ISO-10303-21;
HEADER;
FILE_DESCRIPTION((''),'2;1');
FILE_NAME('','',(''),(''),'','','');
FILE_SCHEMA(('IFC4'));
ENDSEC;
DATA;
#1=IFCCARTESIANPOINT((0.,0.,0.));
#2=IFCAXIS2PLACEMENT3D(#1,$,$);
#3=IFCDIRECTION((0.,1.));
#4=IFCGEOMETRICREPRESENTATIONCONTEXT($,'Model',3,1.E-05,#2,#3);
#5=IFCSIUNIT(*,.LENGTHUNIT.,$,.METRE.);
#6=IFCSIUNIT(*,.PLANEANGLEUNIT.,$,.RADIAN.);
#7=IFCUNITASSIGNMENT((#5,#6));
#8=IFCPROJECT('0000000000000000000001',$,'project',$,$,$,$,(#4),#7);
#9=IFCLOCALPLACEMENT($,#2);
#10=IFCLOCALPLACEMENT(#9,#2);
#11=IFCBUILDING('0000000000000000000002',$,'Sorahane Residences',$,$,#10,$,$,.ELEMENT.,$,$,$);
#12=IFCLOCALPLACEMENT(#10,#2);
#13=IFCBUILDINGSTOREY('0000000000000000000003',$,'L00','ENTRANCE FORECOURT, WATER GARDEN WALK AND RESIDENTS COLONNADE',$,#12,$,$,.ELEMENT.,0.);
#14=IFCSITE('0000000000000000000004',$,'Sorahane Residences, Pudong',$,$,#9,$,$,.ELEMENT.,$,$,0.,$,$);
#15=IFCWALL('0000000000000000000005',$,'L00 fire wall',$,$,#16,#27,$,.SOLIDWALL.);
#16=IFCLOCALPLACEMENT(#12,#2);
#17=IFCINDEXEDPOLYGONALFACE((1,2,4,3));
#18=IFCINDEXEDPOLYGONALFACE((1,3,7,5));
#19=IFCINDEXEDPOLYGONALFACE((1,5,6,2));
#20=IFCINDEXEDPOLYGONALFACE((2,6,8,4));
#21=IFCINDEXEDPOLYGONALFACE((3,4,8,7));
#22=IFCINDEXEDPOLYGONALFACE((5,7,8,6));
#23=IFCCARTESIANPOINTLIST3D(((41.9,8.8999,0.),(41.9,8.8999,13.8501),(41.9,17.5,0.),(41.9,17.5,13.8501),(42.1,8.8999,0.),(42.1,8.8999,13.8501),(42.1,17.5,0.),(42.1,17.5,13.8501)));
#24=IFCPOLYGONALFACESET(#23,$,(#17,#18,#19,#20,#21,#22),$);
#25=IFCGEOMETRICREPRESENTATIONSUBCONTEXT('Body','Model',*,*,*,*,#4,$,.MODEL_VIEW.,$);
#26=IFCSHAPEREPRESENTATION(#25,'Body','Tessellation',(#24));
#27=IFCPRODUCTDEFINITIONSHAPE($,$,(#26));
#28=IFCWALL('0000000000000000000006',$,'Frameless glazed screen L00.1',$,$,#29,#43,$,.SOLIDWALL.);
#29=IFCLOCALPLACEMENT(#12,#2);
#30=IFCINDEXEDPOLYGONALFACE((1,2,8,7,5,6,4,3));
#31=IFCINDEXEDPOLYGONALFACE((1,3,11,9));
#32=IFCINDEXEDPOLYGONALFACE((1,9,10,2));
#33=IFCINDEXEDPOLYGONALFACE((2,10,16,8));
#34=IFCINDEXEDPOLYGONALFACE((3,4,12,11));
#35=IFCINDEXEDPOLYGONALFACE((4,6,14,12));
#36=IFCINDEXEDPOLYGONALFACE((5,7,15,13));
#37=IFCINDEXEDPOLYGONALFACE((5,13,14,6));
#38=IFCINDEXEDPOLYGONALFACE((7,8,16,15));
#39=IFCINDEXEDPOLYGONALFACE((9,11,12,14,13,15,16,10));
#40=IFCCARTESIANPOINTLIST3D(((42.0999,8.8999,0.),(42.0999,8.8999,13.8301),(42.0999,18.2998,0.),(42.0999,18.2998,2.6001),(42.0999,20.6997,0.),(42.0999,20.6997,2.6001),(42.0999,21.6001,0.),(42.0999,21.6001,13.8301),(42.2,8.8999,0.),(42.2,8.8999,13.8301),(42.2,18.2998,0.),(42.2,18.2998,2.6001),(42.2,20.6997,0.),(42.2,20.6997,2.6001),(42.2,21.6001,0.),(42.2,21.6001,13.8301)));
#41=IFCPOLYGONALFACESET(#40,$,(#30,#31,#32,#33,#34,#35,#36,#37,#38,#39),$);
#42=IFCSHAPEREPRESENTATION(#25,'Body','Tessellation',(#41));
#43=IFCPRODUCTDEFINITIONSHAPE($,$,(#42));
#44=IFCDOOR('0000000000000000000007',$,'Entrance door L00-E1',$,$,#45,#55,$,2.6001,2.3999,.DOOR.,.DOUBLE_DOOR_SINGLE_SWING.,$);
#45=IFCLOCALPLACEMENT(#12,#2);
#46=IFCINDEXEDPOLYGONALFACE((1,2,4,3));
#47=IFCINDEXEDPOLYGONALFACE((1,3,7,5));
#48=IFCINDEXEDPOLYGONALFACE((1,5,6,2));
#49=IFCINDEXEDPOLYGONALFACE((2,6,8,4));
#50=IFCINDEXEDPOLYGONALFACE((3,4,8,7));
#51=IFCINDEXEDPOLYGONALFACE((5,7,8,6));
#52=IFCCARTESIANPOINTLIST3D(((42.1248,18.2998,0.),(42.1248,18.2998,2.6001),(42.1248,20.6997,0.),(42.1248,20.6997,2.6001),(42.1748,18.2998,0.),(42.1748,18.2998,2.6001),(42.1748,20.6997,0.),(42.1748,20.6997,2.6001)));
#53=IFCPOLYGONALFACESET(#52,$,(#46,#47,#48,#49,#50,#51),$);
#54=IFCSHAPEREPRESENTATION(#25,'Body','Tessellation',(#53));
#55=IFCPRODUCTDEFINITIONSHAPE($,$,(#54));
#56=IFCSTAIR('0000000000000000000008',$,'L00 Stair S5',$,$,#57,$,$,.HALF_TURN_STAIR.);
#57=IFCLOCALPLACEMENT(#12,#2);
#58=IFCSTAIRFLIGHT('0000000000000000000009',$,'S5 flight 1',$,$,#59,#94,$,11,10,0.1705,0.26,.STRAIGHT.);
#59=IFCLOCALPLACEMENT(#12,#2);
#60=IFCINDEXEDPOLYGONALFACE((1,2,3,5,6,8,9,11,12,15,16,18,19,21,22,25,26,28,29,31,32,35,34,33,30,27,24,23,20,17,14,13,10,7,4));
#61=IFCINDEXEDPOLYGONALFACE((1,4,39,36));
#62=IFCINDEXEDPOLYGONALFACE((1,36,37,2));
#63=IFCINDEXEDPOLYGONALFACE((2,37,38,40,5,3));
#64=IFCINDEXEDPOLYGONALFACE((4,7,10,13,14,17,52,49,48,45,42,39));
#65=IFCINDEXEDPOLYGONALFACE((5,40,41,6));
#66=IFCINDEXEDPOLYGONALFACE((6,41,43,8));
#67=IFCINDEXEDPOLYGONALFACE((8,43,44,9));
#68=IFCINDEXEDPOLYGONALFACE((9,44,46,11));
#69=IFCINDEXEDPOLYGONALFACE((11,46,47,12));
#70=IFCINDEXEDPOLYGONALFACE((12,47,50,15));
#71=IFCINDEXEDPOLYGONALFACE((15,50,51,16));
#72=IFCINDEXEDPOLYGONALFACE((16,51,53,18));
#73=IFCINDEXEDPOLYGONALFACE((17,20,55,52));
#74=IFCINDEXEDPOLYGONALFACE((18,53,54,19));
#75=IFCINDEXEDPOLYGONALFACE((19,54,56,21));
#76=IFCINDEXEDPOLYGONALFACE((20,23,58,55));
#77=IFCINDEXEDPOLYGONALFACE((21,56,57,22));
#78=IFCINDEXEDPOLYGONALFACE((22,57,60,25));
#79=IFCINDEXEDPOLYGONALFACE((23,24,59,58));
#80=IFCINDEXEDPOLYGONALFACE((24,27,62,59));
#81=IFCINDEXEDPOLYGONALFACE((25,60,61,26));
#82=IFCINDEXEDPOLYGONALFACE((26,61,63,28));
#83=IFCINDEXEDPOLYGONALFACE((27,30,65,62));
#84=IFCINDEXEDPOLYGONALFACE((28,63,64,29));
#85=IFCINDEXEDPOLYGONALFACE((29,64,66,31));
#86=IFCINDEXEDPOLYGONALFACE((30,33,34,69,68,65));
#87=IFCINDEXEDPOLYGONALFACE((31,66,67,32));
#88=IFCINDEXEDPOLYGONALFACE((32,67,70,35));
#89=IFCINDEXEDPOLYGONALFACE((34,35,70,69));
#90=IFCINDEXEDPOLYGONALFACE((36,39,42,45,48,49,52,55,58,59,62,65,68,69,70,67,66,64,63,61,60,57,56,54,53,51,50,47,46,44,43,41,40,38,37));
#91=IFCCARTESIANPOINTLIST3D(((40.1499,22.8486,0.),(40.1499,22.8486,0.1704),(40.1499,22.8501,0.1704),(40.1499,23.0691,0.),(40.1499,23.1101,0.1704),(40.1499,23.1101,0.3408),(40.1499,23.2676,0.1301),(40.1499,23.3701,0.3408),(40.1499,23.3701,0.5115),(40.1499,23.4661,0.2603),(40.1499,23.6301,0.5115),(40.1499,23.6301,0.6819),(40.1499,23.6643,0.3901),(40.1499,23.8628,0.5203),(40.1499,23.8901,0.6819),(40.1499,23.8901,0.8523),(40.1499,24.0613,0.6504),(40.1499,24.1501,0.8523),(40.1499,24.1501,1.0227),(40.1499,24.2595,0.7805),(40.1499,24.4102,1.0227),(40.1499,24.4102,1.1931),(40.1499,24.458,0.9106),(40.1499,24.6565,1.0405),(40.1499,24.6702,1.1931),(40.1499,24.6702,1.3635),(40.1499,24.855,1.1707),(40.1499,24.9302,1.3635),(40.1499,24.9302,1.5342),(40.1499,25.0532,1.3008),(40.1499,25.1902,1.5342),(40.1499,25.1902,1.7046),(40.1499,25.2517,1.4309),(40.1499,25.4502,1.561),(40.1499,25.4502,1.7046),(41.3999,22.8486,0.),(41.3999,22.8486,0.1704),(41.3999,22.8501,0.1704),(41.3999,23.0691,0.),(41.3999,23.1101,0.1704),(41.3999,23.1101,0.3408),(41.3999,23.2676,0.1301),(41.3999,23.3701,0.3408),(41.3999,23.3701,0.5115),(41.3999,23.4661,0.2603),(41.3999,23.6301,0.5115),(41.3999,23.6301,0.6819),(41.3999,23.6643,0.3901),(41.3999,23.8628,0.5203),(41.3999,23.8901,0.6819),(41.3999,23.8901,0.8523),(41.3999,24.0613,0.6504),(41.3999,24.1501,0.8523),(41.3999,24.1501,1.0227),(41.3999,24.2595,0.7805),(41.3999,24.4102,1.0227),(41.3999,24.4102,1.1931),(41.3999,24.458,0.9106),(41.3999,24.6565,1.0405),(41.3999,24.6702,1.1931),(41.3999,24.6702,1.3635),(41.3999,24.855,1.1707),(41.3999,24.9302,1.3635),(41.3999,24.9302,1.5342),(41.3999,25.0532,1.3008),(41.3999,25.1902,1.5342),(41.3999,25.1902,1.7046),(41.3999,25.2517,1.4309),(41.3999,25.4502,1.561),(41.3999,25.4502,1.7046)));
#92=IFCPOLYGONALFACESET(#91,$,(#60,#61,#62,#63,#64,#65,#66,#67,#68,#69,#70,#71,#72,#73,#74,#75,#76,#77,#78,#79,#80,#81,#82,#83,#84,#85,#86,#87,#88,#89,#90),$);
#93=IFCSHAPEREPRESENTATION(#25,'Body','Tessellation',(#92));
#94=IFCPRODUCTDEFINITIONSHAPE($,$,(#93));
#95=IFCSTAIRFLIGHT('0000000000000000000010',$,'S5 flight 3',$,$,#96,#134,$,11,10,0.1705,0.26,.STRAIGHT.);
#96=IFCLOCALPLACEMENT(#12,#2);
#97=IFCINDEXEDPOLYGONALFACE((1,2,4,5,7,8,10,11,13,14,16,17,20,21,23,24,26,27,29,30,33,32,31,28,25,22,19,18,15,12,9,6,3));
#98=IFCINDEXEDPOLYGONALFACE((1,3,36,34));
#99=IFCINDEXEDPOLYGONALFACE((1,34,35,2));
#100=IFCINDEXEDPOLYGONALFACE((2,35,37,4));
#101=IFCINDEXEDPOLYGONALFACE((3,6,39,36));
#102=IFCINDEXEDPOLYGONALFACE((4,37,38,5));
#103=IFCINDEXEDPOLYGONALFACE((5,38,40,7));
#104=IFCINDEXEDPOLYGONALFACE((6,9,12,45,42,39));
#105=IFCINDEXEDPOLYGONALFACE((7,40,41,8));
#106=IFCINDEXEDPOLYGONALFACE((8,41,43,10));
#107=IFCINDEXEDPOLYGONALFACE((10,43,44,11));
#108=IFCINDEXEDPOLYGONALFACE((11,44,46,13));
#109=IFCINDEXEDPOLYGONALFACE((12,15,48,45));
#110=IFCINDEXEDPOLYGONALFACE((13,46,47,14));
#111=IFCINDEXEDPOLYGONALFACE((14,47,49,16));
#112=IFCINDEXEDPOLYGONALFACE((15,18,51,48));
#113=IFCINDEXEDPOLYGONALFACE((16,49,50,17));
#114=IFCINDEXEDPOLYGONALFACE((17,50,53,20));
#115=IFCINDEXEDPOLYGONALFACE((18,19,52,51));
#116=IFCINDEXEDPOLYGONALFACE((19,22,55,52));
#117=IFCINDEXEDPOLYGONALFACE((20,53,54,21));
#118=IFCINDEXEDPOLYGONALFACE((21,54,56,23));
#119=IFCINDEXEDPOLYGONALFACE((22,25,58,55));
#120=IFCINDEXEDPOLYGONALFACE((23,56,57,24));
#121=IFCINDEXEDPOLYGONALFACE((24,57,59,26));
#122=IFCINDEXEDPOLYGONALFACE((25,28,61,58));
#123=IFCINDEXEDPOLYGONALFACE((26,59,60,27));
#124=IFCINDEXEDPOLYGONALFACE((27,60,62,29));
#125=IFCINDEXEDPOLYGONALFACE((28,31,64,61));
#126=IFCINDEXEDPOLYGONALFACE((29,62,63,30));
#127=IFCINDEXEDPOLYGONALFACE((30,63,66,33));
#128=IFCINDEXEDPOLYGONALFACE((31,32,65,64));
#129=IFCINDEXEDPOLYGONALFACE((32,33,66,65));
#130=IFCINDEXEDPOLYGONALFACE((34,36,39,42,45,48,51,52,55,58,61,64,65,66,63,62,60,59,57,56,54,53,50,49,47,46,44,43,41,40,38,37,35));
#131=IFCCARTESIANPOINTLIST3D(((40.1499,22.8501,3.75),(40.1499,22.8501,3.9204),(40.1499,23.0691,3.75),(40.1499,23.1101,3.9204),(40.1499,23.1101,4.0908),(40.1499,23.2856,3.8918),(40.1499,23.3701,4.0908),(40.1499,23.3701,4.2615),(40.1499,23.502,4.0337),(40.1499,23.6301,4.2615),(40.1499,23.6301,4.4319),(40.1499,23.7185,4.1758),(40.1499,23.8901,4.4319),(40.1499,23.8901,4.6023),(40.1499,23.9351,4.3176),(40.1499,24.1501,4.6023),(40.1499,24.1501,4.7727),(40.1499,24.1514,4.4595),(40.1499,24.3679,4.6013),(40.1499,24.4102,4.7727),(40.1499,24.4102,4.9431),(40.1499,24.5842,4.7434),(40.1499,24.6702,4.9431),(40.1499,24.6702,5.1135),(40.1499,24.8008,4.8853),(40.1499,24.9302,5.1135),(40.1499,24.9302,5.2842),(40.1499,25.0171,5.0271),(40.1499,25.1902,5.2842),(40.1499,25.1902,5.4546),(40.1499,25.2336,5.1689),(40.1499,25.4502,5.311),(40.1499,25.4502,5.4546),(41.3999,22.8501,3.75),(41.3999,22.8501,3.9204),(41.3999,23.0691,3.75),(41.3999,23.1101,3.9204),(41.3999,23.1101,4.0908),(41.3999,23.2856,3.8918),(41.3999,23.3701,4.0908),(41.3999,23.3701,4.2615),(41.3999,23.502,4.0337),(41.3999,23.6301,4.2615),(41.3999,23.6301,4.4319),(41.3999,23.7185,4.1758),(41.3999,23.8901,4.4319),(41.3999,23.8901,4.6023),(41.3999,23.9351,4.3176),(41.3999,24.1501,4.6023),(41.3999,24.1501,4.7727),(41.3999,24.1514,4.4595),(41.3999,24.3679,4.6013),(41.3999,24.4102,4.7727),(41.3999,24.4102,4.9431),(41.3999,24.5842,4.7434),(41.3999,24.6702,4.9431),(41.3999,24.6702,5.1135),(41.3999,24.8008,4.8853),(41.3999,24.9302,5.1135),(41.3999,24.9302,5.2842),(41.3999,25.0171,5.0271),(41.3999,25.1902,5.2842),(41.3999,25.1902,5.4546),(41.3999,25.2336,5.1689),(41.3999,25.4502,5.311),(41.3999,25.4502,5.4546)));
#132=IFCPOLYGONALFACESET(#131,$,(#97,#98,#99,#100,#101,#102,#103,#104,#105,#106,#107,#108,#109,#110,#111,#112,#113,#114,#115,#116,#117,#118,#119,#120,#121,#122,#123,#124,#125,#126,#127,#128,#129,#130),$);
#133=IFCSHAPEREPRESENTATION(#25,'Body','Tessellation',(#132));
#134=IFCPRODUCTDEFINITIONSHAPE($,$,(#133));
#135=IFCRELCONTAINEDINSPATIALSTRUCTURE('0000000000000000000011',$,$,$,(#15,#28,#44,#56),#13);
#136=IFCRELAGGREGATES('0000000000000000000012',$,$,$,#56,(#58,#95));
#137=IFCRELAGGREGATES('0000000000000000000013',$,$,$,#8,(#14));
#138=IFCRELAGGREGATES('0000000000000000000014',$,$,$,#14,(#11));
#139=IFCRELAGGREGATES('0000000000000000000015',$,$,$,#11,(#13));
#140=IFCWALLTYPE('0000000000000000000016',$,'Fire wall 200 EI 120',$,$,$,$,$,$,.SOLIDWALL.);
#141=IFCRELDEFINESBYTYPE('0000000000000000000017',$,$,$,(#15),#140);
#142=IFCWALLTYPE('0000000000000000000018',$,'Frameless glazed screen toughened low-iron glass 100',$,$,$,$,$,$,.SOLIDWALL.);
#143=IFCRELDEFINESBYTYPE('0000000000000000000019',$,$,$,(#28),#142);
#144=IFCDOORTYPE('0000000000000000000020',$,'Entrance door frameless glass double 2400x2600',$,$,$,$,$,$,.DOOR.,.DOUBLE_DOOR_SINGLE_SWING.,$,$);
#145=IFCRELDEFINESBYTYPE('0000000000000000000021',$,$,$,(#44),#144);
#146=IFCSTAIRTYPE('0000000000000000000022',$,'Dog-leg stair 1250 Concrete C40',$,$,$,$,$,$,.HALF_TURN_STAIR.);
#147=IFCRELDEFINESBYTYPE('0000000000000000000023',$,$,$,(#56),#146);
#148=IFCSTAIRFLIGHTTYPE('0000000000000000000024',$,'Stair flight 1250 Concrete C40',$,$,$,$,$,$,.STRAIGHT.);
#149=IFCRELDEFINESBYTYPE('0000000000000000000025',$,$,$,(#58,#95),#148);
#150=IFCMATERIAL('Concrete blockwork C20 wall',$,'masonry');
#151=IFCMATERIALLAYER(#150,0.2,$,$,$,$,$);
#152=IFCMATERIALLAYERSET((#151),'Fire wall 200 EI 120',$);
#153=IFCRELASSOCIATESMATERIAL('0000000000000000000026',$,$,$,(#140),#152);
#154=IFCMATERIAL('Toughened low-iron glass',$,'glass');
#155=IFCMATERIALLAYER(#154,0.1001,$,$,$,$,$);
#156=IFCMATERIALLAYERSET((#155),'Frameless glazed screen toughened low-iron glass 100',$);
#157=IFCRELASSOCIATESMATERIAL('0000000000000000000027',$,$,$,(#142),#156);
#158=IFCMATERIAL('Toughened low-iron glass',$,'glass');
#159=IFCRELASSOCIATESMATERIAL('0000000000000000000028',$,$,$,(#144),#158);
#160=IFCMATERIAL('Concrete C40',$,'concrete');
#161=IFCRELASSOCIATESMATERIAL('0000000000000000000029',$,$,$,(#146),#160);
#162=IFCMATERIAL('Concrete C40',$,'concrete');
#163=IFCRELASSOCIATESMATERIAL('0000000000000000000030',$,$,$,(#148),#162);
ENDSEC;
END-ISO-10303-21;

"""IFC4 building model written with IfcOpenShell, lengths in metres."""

from ifc_helpers import new_model, si_unit, direction, frame, frame_2d, origin, place, context, subcontext, project, spatial, polyline, rectangle, outline, extrude, material, layer, layer_set, type_object, element, fill, aggregate, save


model = new_model("IFC4")

# Units and contexts
model_context = context("Model", 3, precision=1e-05, world=origin(), true_north=direction((0.0, 1.0)))
body_context = subcontext(model_context, "Body", "Model", "MODEL_VIEW")
ifc_project = project(units=[si_unit("LENGTHUNIT", "METRE"), si_unit("PLANEANGLEUNIT", "RADIAN")], contexts=[model_context])

# Site, building, storey
site_placement = place(None, origin())
site = spatial("IfcSite", under=ifc_project, at=site_placement, Name="Sorahane Residences, Pudong", CompositionType="ELEMENT", RefElevation=0.0)
building_placement = place(site_placement, origin())
building = spatial("IfcBuilding", under=site, at=building_placement, Name="Sorahane Residences", CompositionType="ELEMENT")
storey_placement = place(building_placement, origin())
storey = spatial("IfcBuildingStorey", under=building, at=storey_placement, Name="L00", Description="ENTRANCE FORECOURT, WATER GARDEN WALK AND RESIDENTS COLONNADE", CompositionType="ELEMENT", Elevation=0.0)

# Wall
ifc_material_1 = material(Name="Concrete blockwork C20 wall", Category="masonry")
ifc_layer_1 = layer(ifc_material_1, 0.2)
ifc_layer_set_1 = layer_set([ifc_layer_1], Name="Fire wall 200 EI 120")
wall_type_1 = type_object("IfcWallType", Name="Fire wall 200 EI 120", PredefinedType="SOLIDWALL", material=ifc_layer_set_1)
wall_1_placement = place(storey_placement, frame((42.0, 8.8999, 0.0), z_axis=(0.0, 0.0, 1.0), x_axis=(0.0, 1.0, 0.0)))
element("IfcWall", 1, at=wall_1_placement, inside=storey, type_object=wall_type_1, Name="L00 fire wall", PredefinedType="SOLIDWALL", context=body_context, shape_type="SweptSolid", body=[
    extrude(rectangle(XDim=8.6001, YDim=0.2, at=frame_2d((4.3, 0.0))), origin(), (0.0, 0.0, 1.0), 13.8501),
])

# Wall, opening, door
ifc_material_2 = material(Name="Toughened low-iron glass", Category="glass")
ifc_layer_2 = layer(ifc_material_2, 0.1001)
ifc_layer_set_2 = layer_set([ifc_layer_2], Name="Frameless glazed screen toughened low-iron glass 100")
wall_type_2 = type_object("IfcWallType", Name="Frameless glazed screen toughened low-iron glass 100", PredefinedType="SOLIDWALL", material=ifc_layer_set_2)
wall_2_placement = place(storey_placement, frame((42.1499, 8.8999, 0.0), z_axis=(0.0, 0.0, 1.0), x_axis=(0.0, 1.0, 0.0)))
wall_2 = element("IfcWall", 2, at=wall_2_placement, inside=storey, type_object=wall_type_2, Name="Frameless glazed screen L00.1", PredefinedType="SOLIDWALL", context=body_context, shape_type="SweptSolid", body=[
    extrude(rectangle(XDim=12.7002, YDim=0.1001, at=frame_2d((6.3501, 0.0))), origin(), (0.0, 0.0, 1.0), 13.8301),
])
opening_placement = place(wall_2_placement, frame((9.3999, 0.0, 0.0)))
opening = element("IfcOpeningElement", 3, at=opening_placement, cuts=wall_2, PredefinedType="OPENING", context=body_context, shape_type="SweptSolid", body=[
    extrude(rectangle(XDim=2.3999, YDim=2.6001, at=frame_2d((1.2, 1.3))), frame((0.0, 0.0601, 0.0), z_axis=(0.0, -1.0, 0.0), x_axis=(1.0, 0.0, 0.0)), (0.0, 0.0, 1.0), 0.1201),
])
ifc_material_3 = material(Name="Toughened low-iron glass", Category="glass")
door_type = type_object("IfcDoorType", Name="Entrance door frameless glass double 2400x2600", OperationType="DOUBLE_DOOR_SINGLE_SWING", PredefinedType="DOOR", material=ifc_material_3)
door_placement = place(opening_placement, frame((2.3999, 0.0, 0.0), z_axis=(0.0, 0.0, 1.0), x_axis=(-1.0, 0.0, 0.0)))
door = element("IfcDoor", 4, at=door_placement, inside=storey, type_object=door_type, Name="Entrance door L00-E1", OperationType="DOUBLE_DOOR_SINGLE_SWING", OverallHeight=2.6001, OverallWidth=2.3999, PredefinedType="DOOR", context=body_context, shape_type="SweptSolid", body=[
    extrude(rectangle(XDim=2.3999, YDim=2.6001, at=frame_2d((1.2, 1.3))), frame((0.0, 0.0249, 0.0), z_axis=(0.0, -1.0, 0.0), x_axis=(1.0, 0.0, 0.0)), (0.0, 0.0, 1.0), 0.05),
])
fill(opening, door)

# Stair, stair flights
ifc_material_4 = material(Name="Concrete C40", Category="concrete")
stair_type = type_object("IfcStairType", Name="Dog-leg stair 1250 Concrete C40", PredefinedType="HALF_TURN_STAIR", material=ifc_material_4)
stair_placement = place(storey_placement, origin())
stair = element("IfcStair", 5, at=stair_placement, inside=storey, type_object=stair_type, Name="L00 Stair S5", PredefinedType="HALF_TURN_STAIR")
ifc_material_5 = material(Name="Concrete C40", Category="concrete")
stair_flight_type = type_object("IfcStairFlightType", Name="Stair flight 1250 Concrete C40", PredefinedType="STRAIGHT", material=ifc_material_5)
stair_flight_1_placement = place(storey_placement, frame((40.7749, 22.8501, 0.0), z_axis=(0.0, 0.0, 1.0), x_axis=(0.0, 1.0, 0.0)))
stair_flight_1 = element("IfcStairFlight", 6, at=stair_flight_1_placement, type_object=stair_flight_type, Name="S5 flight 1", NumberOfRisers=11, NumberOfTreads=10, PredefinedType="STRAIGHT", RiserHeight=0.1705, TreadLength=0.26, context=body_context, shape_type="SweptSolid", body=[
    extrude(outline(polyline([(-0.0015, 0.0), (-0.0015, 0.1704), (0.0, 0.1704), (0.26, 0.1704), (0.26, 0.3408), (0.52, 0.3408), (0.52, 0.5115), (0.78, 0.5115), (0.78, 0.6819), (1.04, 0.6819), (1.04, 0.8523), (1.3, 0.8523), (1.3, 1.0227), (1.5601, 1.0227), (1.5601, 1.1931), (1.8201, 1.1931), (1.8201, 1.3635), (2.0801, 1.3635), (2.0801, 1.5342), (2.3401, 1.5342), (2.3401, 1.7046), (2.6001, 1.7046), (2.6001, 1.875), (2.6001, 1.561), (2.4016, 1.4309), (2.2031, 1.3008), (2.0049, 1.1707), (1.8064, 1.0405), (1.6079, 0.9106), (1.4094, 0.7805), (1.2112, 0.6504), (1.0127, 0.5203), (0.8142, 0.3901), (0.616, 0.2603), (0.4175, 0.1301), (0.219, 0.0), (-0.0015, 0.0)])), frame((0.0, 0.625, 0.0), z_axis=(0.0, -1.0, 0.0), x_axis=(1.0, 0.0, 0.0)), (0.0, 0.0, 1.0), 1.25),
])
stair_flight_2_placement = place(storey_placement, frame((40.7749, 22.8501, 3.75), z_axis=(0.0, 0.0, 1.0), x_axis=(0.0, 1.0, 0.0)))
stair_flight_2 = element("IfcStairFlight", 7, at=stair_flight_2_placement, type_object=stair_flight_type, Name="S5 flight 3", NumberOfRisers=11, NumberOfTreads=10, PredefinedType="STRAIGHT", RiserHeight=0.1705, TreadLength=0.26, context=body_context, shape_type="SweptSolid", body=[
    extrude(outline(polyline([(0.0, 0.0), (0.0, 0.1704), (0.26, 0.1704), (0.26, 0.3408), (0.52, 0.3408), (0.52, 0.5115), (0.78, 0.5115), (0.78, 0.6819), (1.04, 0.6819), (1.04, 0.8523), (1.3, 0.8523), (1.3, 1.0227), (1.5601, 1.0227), (1.5601, 1.1931), (1.8201, 1.1931), (1.8201, 1.3635), (2.0801, 1.3635), (2.0801, 1.5342), (2.3401, 1.5342), (2.3401, 1.7046), (2.6001, 1.7046), (2.6001, 1.875), (2.6001, 1.561), (2.3835, 1.4189), (2.167, 1.2771), (1.9507, 1.1353), (1.7341, 0.9934), (1.5178, 0.8513), (1.3013, 0.7095), (1.085, 0.5676), (0.8684, 0.4258), (0.6519, 0.2837), (0.4355, 0.1418), (0.219, 0.0), (0.0, 0.0)])), frame((0.0, 0.625, 0.0), z_axis=(0.0, -1.0, 0.0), x_axis=(1.0, 0.0, 0.0)), (0.0, 0.0, 1.0), 1.25),
])
aggregate(stair, [stair_flight_1, stair_flight_2])

save(model, "model.ifc")
